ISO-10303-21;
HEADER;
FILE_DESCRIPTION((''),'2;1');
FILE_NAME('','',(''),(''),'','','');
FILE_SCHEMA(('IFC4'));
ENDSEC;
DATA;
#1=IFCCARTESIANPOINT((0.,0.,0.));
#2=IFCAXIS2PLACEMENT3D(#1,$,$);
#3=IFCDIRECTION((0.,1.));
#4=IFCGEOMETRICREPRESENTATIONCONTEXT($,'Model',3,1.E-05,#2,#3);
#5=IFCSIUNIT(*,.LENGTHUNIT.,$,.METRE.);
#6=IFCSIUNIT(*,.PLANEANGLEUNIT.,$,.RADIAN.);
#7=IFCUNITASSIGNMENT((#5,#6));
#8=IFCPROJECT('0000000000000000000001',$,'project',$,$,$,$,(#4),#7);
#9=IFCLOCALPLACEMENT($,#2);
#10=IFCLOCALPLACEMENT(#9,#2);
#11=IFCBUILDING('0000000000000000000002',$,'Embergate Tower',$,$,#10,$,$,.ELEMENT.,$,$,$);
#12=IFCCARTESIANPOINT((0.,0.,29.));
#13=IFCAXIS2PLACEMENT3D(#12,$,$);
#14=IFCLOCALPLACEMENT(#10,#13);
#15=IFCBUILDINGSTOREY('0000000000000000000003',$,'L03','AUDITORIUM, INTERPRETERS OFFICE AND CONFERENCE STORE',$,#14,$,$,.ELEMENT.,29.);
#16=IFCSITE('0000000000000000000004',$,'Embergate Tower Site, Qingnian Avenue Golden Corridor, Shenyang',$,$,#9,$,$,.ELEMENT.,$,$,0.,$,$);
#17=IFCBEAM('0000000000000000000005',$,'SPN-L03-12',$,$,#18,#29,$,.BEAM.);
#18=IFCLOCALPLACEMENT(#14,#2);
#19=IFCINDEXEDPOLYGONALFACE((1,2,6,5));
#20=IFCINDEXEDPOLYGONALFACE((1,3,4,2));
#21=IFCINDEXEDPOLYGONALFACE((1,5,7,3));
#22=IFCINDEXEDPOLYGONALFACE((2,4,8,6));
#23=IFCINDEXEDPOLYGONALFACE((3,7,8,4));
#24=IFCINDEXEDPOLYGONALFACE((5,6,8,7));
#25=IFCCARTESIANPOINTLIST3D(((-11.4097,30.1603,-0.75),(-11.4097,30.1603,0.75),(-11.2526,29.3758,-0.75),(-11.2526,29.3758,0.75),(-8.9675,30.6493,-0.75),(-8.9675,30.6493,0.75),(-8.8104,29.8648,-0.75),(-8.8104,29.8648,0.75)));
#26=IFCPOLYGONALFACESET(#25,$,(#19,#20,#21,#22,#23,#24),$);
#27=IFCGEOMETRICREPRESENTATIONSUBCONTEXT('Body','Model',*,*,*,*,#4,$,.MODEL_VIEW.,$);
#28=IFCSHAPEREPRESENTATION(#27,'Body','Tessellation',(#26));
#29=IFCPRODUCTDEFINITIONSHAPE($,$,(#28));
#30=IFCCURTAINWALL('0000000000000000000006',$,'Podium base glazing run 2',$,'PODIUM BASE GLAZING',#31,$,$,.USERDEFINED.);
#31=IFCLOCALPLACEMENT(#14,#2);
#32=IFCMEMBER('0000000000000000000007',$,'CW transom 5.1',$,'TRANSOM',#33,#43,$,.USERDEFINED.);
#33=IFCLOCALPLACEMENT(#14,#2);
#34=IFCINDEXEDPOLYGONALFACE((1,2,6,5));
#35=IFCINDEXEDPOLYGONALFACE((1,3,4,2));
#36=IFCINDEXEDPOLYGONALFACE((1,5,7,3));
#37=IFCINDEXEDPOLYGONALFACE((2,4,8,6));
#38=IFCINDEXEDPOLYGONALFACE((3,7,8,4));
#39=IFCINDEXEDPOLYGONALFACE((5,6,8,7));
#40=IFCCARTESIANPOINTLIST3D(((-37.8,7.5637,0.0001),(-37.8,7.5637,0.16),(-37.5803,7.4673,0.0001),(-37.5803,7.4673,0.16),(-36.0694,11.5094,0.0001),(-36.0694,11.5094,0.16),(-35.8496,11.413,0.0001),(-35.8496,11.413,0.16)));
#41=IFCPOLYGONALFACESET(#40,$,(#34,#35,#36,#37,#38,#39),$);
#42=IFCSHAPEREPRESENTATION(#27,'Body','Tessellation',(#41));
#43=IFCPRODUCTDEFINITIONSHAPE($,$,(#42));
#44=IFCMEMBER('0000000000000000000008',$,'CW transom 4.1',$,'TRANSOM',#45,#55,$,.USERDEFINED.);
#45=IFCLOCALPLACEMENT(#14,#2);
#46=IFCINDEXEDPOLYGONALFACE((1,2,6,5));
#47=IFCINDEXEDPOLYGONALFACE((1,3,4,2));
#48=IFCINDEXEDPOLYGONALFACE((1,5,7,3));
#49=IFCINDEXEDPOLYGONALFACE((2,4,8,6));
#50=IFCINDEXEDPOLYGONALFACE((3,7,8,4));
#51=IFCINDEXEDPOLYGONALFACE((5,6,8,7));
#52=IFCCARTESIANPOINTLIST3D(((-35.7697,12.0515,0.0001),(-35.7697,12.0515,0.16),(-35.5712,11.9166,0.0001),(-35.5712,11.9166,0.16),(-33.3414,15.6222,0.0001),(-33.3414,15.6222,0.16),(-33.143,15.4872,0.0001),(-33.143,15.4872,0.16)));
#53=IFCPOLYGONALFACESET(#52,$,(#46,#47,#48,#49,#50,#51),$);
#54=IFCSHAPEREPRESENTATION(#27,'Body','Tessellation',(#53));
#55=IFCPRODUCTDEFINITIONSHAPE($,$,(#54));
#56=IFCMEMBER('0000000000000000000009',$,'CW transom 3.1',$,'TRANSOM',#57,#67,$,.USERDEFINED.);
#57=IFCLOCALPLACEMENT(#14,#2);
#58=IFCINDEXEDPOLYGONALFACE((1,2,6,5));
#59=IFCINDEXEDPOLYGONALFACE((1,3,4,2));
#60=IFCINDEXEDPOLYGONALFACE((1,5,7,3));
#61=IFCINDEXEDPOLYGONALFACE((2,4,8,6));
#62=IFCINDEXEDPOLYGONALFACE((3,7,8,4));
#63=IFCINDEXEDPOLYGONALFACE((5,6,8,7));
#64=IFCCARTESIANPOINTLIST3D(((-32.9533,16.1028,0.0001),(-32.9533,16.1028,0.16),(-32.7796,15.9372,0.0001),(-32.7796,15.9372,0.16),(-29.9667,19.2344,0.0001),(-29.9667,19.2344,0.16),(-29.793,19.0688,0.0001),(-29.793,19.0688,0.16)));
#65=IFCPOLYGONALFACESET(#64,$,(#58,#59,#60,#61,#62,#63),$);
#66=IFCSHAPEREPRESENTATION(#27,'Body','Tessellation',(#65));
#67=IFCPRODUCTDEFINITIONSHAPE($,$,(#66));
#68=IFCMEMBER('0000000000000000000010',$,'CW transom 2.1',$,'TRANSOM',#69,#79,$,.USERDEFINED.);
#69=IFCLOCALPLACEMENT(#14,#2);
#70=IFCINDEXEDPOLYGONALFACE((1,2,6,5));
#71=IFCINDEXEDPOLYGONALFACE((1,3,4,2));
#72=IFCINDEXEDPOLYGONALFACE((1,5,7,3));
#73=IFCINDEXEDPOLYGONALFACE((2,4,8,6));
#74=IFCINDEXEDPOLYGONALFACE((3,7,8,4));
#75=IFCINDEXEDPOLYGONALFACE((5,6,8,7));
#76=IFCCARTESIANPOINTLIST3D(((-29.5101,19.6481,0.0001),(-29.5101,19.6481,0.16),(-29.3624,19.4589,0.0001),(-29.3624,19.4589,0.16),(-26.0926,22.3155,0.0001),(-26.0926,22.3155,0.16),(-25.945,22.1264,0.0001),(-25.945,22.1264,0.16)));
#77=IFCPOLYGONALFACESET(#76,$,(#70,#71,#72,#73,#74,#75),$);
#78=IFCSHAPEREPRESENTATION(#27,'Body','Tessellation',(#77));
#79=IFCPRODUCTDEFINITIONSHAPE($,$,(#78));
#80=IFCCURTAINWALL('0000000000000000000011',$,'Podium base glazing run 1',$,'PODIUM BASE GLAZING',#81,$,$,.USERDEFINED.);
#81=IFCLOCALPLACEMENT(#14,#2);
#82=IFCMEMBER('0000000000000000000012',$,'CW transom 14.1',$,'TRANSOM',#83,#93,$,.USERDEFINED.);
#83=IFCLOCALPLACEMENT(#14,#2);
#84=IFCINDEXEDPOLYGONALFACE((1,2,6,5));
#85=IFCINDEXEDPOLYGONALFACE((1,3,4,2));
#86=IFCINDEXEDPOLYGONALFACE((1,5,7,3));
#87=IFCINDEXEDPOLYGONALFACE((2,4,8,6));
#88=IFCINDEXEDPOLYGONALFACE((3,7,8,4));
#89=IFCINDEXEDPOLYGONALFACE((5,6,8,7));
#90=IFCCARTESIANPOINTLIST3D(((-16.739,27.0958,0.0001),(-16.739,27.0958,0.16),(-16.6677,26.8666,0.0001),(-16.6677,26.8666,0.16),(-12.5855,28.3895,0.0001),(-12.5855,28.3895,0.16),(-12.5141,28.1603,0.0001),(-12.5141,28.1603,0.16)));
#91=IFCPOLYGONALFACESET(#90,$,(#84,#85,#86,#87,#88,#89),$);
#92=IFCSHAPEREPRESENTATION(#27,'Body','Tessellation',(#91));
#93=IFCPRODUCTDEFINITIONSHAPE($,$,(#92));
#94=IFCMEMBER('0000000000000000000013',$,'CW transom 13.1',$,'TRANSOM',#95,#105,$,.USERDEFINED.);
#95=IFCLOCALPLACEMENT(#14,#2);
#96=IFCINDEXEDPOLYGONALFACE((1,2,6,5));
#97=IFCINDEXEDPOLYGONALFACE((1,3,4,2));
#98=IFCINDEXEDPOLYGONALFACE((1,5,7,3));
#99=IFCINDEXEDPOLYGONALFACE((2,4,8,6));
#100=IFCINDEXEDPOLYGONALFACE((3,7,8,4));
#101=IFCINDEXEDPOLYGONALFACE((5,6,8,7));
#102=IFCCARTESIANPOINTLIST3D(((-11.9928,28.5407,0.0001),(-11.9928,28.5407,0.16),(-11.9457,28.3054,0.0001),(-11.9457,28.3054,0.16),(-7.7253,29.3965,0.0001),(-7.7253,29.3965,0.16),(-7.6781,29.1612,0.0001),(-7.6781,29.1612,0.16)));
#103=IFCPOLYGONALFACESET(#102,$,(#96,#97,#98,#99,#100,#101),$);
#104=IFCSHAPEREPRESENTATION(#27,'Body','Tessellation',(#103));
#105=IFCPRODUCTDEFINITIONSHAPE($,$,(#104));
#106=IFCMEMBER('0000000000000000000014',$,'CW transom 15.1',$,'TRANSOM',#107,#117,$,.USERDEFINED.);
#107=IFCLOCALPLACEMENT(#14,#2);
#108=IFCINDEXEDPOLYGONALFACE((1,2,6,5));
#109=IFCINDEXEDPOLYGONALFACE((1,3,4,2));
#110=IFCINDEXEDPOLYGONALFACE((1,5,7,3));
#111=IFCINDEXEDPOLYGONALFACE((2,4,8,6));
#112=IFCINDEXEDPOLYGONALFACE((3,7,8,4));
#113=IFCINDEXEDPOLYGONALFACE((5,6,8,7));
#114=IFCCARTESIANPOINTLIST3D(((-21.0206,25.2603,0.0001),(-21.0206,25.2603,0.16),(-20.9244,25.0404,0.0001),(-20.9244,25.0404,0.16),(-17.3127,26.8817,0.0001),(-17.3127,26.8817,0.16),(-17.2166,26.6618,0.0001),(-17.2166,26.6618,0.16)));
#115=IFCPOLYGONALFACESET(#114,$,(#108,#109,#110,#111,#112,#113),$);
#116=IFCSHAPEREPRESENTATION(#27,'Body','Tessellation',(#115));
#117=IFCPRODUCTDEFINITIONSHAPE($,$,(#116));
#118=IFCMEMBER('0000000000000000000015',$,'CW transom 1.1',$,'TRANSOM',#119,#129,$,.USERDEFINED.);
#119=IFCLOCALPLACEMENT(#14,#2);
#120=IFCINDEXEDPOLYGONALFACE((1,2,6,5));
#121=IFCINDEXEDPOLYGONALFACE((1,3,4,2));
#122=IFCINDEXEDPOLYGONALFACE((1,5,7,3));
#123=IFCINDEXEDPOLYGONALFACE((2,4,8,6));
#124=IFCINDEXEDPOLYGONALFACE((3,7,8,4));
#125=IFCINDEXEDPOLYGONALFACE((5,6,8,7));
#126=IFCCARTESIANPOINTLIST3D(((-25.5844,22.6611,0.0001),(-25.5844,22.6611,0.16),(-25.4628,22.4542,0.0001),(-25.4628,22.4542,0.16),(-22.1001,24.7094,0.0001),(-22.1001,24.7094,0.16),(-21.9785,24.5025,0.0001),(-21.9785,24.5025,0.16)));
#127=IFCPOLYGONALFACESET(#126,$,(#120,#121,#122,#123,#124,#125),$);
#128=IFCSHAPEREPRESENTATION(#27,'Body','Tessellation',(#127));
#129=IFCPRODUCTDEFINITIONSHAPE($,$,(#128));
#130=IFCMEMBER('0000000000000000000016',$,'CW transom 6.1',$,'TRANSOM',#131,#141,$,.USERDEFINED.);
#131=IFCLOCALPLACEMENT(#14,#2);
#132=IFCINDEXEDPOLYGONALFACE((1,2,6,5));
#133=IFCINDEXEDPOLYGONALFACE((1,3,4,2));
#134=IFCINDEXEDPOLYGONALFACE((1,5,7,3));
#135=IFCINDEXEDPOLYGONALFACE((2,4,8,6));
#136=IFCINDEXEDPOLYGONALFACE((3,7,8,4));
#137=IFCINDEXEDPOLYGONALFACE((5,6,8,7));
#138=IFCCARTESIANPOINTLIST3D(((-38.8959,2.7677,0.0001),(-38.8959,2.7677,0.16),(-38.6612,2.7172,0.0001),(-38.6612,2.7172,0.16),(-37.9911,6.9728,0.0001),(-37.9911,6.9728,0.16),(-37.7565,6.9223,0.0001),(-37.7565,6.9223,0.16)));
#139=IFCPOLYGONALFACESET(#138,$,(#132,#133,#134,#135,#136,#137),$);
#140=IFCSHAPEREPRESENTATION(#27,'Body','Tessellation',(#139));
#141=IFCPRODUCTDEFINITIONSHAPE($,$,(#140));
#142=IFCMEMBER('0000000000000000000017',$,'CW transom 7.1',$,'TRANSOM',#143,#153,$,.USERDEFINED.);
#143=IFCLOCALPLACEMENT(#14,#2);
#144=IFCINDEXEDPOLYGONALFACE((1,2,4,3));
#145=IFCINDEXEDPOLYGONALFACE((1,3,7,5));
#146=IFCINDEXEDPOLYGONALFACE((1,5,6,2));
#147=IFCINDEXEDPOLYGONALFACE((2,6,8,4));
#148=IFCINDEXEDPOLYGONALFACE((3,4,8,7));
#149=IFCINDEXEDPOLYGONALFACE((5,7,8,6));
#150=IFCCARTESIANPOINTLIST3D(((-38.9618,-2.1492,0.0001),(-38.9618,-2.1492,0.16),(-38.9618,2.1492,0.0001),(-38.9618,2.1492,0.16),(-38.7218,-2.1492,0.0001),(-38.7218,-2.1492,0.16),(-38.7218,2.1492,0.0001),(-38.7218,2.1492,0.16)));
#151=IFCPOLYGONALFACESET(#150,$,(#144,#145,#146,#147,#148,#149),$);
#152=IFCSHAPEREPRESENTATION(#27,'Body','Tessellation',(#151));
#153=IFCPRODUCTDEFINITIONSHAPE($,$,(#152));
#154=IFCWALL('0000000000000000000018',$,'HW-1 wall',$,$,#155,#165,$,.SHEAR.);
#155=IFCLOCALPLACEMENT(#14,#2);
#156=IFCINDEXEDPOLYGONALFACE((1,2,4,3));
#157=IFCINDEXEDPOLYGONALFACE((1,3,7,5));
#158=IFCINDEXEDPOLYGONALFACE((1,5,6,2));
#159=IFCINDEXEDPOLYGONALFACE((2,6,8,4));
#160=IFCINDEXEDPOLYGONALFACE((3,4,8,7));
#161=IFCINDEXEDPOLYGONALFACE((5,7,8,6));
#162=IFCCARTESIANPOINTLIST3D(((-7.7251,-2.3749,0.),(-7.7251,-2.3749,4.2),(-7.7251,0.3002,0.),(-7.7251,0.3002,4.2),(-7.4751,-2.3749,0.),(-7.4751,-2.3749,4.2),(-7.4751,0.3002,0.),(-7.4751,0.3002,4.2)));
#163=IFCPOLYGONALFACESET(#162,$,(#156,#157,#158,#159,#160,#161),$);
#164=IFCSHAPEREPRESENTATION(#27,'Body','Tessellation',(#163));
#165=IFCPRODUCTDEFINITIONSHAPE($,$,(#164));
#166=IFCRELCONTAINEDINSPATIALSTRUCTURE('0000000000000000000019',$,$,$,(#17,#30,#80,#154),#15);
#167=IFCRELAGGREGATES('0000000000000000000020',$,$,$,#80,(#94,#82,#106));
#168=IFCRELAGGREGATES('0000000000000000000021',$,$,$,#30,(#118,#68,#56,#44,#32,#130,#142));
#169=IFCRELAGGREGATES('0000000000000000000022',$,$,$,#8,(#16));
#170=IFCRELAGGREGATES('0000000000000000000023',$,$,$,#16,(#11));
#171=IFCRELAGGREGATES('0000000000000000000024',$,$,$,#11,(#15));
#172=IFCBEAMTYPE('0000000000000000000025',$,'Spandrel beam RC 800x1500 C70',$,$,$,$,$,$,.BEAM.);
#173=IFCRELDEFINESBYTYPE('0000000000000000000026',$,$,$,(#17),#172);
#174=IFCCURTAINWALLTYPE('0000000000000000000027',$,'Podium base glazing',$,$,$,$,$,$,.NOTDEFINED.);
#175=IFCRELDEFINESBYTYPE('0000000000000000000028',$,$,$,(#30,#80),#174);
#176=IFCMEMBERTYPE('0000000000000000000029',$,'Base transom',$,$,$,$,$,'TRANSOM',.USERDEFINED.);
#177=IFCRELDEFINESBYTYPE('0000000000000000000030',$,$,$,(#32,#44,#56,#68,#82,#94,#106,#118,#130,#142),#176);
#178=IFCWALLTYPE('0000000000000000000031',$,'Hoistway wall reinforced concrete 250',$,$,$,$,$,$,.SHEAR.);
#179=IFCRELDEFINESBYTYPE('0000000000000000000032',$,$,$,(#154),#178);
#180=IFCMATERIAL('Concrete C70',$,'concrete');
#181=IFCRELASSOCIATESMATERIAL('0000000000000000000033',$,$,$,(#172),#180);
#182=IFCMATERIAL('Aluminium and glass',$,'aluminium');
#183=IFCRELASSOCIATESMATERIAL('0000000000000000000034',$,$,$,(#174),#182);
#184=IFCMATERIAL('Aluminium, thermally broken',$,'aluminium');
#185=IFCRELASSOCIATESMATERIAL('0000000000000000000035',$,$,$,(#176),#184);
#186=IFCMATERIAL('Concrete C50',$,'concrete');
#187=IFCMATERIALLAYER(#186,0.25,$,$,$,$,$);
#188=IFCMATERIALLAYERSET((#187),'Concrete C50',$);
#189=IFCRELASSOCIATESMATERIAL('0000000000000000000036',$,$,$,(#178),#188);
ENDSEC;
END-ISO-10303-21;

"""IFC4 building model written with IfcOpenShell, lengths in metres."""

from ifc_helpers import new_model, si_unit, direction, frame, frame_2d, origin, origin_2d, place, context, subcontext, project, spatial, rectangle, extrude, source, transform, mapped, material, layer, layer_set, material_profile, profile_set, type_object, element, aggregate, save


model = new_model("IFC4")

# Units and contexts
model_context = context("Model", 3, precision=1e-05, world=origin(), true_north=direction((0.0, 1.0)))
body_context = subcontext(model_context, "Body", "Model", "MODEL_VIEW")
ifc_project = project(units=[si_unit("LENGTHUNIT", "METRE"), si_unit("PLANEANGLEUNIT", "RADIAN")], contexts=[model_context])

# Site, building, storey
site_placement = place(None, origin())
site = spatial("IfcSite", under=ifc_project, at=site_placement, Name="Embergate Tower Site, Qingnian Avenue Golden Corridor, Shenyang", CompositionType="ELEMENT", RefElevation=0.0)
building_placement = place(site_placement, origin())
building = spatial("IfcBuilding", under=site, at=building_placement, Name="Embergate Tower", CompositionType="ELEMENT")
storey_placement = place(building_placement, frame((0.0, 0.0, 29.0)))
storey = spatial("IfcBuildingStorey", under=building, at=storey_placement, Name="L03", Description="AUDITORIUM, INTERPRETERS OFFICE AND CONFERENCE STORE", CompositionType="ELEMENT", Elevation=29.0)

# Beam
ifc_material_1 = material(Name="Concrete C70", Category="concrete")
ifc_material_profile_1 = material_profile(ifc_material_1, rectangle(XDim=0.8, YDim=1.5, at=origin_2d()), Name="RC 800x1500")
ifc_profile_set_1 = profile_set([ifc_material_profile_1], Name="Concrete C70")
beam_type = type_object("IfcBeamType", Name="Spandrel beam RC 800x1500 C70", PredefinedType="BEAM", material=ifc_profile_set_1)
shared_shape_1 = source(origin(), body_context, "Body", "SweptSolid", [
    extrude(rectangle(XDim=0.8, YDim=1.5, at=origin_2d()), origin(), (0.0, 0.0, 1.0), 2.4907),
])
beam_placement = place(storey_placement, frame((-8.8889, 30.2571, 0.0), z_axis=(-0.980535, -0.196342, 0.0), x_axis=(0.196342, -0.980535, 0.0)))
element("IfcBeam", 1, at=beam_placement, inside=storey, type_object=beam_type, Name="SPN-L03-12", PredefinedType="BEAM", context=body_context, shape_type="MappedRepresentation", body=[
    mapped(shared_shape_1, transform((0.0, 0.0, 0.0))),
])

# Curtain walls, members
ifc_material_2 = material(Name="Aluminium and glass", Category="aluminium")
curtain_wall_type = type_object("IfcCurtainWallType", Name="Podium base glazing", PredefinedType="NOTDEFINED", material=ifc_material_2)
curtain_wall_1_placement = place(storey_placement, origin())
curtain_wall_1 = element("IfcCurtainWall", 2, at=curtain_wall_1_placement, inside=storey, type_object=curtain_wall_type, Name="Podium base glazing run 2", ObjectType="PODIUM BASE GLAZING", PredefinedType="USERDEFINED")
ifc_material_3 = material(Name="Aluminium, thermally broken", Category="aluminium")
ifc_material_profile_2 = material_profile(ifc_material_3, rectangle(XDim=0.24, YDim=0.1599, at=origin_2d()), Name="AL 160x240")
ifc_profile_set_2 = profile_set([ifc_material_profile_2], Name="Aluminium, thermally broken")
member_type = type_object("IfcMemberType", Name="Base transom", ElementType="TRANSOM", PredefinedType="USERDEFINED", material=ifc_profile_set_2)
shared_shape_2 = source(origin(), body_context, "Body", "SweptSolid", [
    extrude(rectangle(XDim=0.24, YDim=0.1599, at=origin_2d()), origin(), (0.0, 0.0, 1.0), 4.3086),
])
member_1_placement = place(storey_placement, frame((-35.9595, 11.4612, 0.0801), z_axis=(-0.401681, -0.91578, 0.0), x_axis=(0.91578, -0.401681, 0.0)))
member_1 = element("IfcMember", 3, at=member_1_placement, type_object=member_type, Name="CW transom 5.1", ObjectType="TRANSOM", PredefinedType="USERDEFINED", context=body_context, shape_type="MappedRepresentation", body=[
    mapped(shared_shape_2, transform((0.0, 0.0, 0.0))),
])
shared_shape_3 = source(origin(), body_context, "Body", "SweptSolid", [
    extrude(rectangle(XDim=0.24, YDim=0.1599, at=origin_2d()), origin(), (0.0, 0.0, 1.0), 4.3181),
])
member_2_placement = place(storey_placement, frame((-33.2422, 15.5547, 0.0801), z_axis=(-0.562349, -0.8269, 0.0), x_axis=(0.8269, -0.562349, 0.0)))
member_2 = element("IfcMember", 4, at=member_2_placement, type_object=member_type, Name="CW transom 4.1", ObjectType="TRANSOM", PredefinedType="USERDEFINED", context=body_context, shape_type="MappedRepresentation", body=[
    mapped(shared_shape_3, transform((0.0, 0.0, 0.0))),
])
shared_shape_4 = source(origin(), body_context, "Body", "SweptSolid", [
    extrude(rectangle(XDim=0.24, YDim=0.1599, at=origin_2d()), origin(), (0.0, 0.0, 1.0), 4.3274),
])
member_3_placement = place(storey_placement, frame((-29.8799, 19.1516, 0.0801), z_axis=(-0.690152, -0.723664, 0.0), x_axis=(0.723664, -0.690152, 0.0)))
member_3 = element("IfcMember", 5, at=member_3_placement, type_object=member_type, Name="CW transom 3.1", ObjectType="TRANSOM", PredefinedType="USERDEFINED", context=body_context, shape_type="MappedRepresentation", body=[
    mapped(shared_shape_4, transform((0.0, 0.0, 0.0))),
])
shared_shape_5 = source(origin(), body_context, "Body", "SweptSolid", [
    extrude(rectangle(XDim=0.24, YDim=0.1599, at=origin_2d()), origin(), (0.0, 0.0, 1.0), 4.3352),
])
member_4_placement = place(storey_placement, frame((-26.0188, 22.2209, 0.0801), z_axis=(-0.788296, -0.615296, 0.0), x_axis=(0.615296, -0.788296, 0.0)))
member_4 = element("IfcMember", 6, at=member_4_placement, type_object=member_type, Name="CW transom 2.1", ObjectType="TRANSOM", PredefinedType="USERDEFINED", context=body_context, shape_type="MappedRepresentation", body=[
    mapped(shared_shape_5, transform((0.0, 0.0, 0.0))),
])
curtain_wall_2_placement = place(storey_placement, origin())
curtain_wall_2 = element("IfcCurtainWall", 7, at=curtain_wall_2_placement, inside=storey, type_object=curtain_wall_type, Name="Podium base glazing run 1", ObjectType="PODIUM BASE GLAZING", PredefinedType="USERDEFINED")
shared_shape_6 = source(origin(), body_context, "Body", "SweptSolid", [
    extrude(rectangle(XDim=0.24, YDim=0.1599, at=origin_2d()), origin(), (0.0, 0.0, 1.0), 4.3503),
])
member_5_placement = place(storey_placement, frame((-12.5498, 28.2749, 0.0801), z_axis=(-0.95476, -0.297377, 0.0), x_axis=(0.297377, -0.95476, 0.0)))
member_5 = element("IfcMember", 8, at=member_5_placement, type_object=member_type, Name="CW transom 14.1", ObjectType="TRANSOM", PredefinedType="USERDEFINED", context=body_context, shape_type="MappedRepresentation", body=[
    mapped(shared_shape_6, transform((0.0, 0.0, 0.0))),
])
shared_shape_7 = source(origin(), body_context, "Body", "SweptSolid", [
    extrude(rectangle(XDim=0.24, YDim=0.1599, at=origin_2d()), origin(), (0.0, 0.0, 1.0), 4.3525),
])
member_6_placement = place(storey_placement, frame((-7.7017, 29.2788, 0.0801), z_axis=(-0.980483, -0.196602, 0.0), x_axis=(0.196602, -0.980483, 0.0)))
member_6 = element("IfcMember", 9, at=member_6_placement, type_object=member_type, Name="CW transom 13.1", ObjectType="TRANSOM", PredefinedType="USERDEFINED", context=body_context, shape_type="MappedRepresentation", body=[
    mapped(shared_shape_7, transform((0.0, 0.0, 0.0))),
])
shared_shape_8 = source(origin(), body_context, "Body", "SweptSolid", [
    extrude(rectangle(XDim=0.24, YDim=0.1599, at=origin_2d()), origin(), (0.0, 0.0, 1.0), 4.0469),
])
member_7_placement = place(storey_placement, frame((-17.2646, 26.7717, 0.0801), z_axis=(-0.916231, -0.400651, 0.0), x_axis=(0.400651, -0.916231, 0.0)))
member_7 = element("IfcMember", 10, at=member_7_placement, type_object=member_type, Name="CW transom 15.1", ObjectType="TRANSOM", PredefinedType="USERDEFINED", context=body_context, shape_type="MappedRepresentation", body=[
    mapped(shared_shape_8, transform((0.0, 0.0, 0.0))),
])
aggregate(curtain_wall_2, [member_6, member_5, member_7])

# Members
shared_shape_9 = source(origin(), body_context, "Body", "SweptSolid", [
    extrude(rectangle(XDim=0.24, YDim=0.1599, at=origin_2d()), origin(), (0.0, 0.0, 1.0), 4.0417),
])
member_8_placement = place(storey_placement, frame((-22.0393, 24.606, 0.0801), z_axis=(-0.862074, -0.506783, 0.0), x_axis=(0.506783, -0.862074, 0.0)))
member_8 = element("IfcMember", 11, at=member_8_placement, type_object=member_type, Name="CW transom 1.1", ObjectType="TRANSOM", PredefinedType="USERDEFINED", context=body_context, shape_type="MappedRepresentation", body=[
    mapped(shared_shape_9, transform((0.0, 0.0, 0.0))),
])
shared_shape_10 = source(origin(), body_context, "Body", "SweptSolid", [
    extrude(rectangle(XDim=0.24, YDim=0.1599, at=origin_2d()), origin(), (0.0, 0.0, 1.0), 4.3013),
])
member_9_placement = place(storey_placement, frame((-37.8738, 6.9475, 0.0801), z_axis=(-0.210351, -0.977626, 0.0), x_axis=(0.977626, -0.210351, 0.0)))
member_9 = element("IfcMember", 12, at=member_9_placement, type_object=member_type, Name="CW transom 6.1", ObjectType="TRANSOM", PredefinedType="USERDEFINED", context=body_context, shape_type="MappedRepresentation", body=[
    mapped(shared_shape_10, transform((0.0, 0.0, 0.0))),
])
shared_shape_11 = source(origin(), body_context, "Body", "SweptSolid", [
    extrude(rectangle(XDim=0.24, YDim=0.1599, at=origin_2d()), origin(), (0.0, 0.0, 1.0), 4.2983),
])
member_10_placement = place(storey_placement, frame((-38.8418, 2.1492, 0.0801), z_axis=(0.0, -1.0, 0.0), x_axis=(1.0, 0.0, 0.0)))
member_10 = element("IfcMember", 13, at=member_10_placement, type_object=member_type, Name="CW transom 7.1", ObjectType="TRANSOM", PredefinedType="USERDEFINED", context=body_context, shape_type="MappedRepresentation", body=[
    mapped(shared_shape_11, transform((0.0, 0.0, 0.0))),
])
aggregate(curtain_wall_1, [member_8, member_4, member_3, member_2, member_1, member_9, member_10])

# Wall
ifc_material_4 = material(Name="Concrete C50", Category="concrete")
ifc_layer_1 = layer(ifc_material_4, 0.25)
ifc_layer_set_1 = layer_set([ifc_layer_1], Name="Concrete C50")
wall_type_1 = type_object("IfcWallType", Name="Hoistway wall reinforced concrete 250", PredefinedType="SHEAR", material=ifc_layer_set_1)
shared_shape_12 = source(origin(), body_context, "Body", "SweptSolid", [
    extrude(rectangle(XDim=2.675, YDim=0.25, at=frame_2d((1.3374, 0.0))), origin(), (0.0, 0.0, 1.0), 4.2),
])
wall_1_placement = place(storey_placement, frame((-7.6001, 0.3, 0.0), z_axis=(0.0, 0.0, 1.0), x_axis=(0.0, -1.0, 0.0)))
element("IfcWall", 14, at=wall_1_placement, inside=storey, type_object=wall_type_1, Name="HW-1 wall", PredefinedType="SHEAR", context=body_context, shape_type="MappedRepresentation", body=[
    mapped(shared_shape_12, transform((0.0, 0.0, 0.0))),
])

save(model, "model.ifc")
